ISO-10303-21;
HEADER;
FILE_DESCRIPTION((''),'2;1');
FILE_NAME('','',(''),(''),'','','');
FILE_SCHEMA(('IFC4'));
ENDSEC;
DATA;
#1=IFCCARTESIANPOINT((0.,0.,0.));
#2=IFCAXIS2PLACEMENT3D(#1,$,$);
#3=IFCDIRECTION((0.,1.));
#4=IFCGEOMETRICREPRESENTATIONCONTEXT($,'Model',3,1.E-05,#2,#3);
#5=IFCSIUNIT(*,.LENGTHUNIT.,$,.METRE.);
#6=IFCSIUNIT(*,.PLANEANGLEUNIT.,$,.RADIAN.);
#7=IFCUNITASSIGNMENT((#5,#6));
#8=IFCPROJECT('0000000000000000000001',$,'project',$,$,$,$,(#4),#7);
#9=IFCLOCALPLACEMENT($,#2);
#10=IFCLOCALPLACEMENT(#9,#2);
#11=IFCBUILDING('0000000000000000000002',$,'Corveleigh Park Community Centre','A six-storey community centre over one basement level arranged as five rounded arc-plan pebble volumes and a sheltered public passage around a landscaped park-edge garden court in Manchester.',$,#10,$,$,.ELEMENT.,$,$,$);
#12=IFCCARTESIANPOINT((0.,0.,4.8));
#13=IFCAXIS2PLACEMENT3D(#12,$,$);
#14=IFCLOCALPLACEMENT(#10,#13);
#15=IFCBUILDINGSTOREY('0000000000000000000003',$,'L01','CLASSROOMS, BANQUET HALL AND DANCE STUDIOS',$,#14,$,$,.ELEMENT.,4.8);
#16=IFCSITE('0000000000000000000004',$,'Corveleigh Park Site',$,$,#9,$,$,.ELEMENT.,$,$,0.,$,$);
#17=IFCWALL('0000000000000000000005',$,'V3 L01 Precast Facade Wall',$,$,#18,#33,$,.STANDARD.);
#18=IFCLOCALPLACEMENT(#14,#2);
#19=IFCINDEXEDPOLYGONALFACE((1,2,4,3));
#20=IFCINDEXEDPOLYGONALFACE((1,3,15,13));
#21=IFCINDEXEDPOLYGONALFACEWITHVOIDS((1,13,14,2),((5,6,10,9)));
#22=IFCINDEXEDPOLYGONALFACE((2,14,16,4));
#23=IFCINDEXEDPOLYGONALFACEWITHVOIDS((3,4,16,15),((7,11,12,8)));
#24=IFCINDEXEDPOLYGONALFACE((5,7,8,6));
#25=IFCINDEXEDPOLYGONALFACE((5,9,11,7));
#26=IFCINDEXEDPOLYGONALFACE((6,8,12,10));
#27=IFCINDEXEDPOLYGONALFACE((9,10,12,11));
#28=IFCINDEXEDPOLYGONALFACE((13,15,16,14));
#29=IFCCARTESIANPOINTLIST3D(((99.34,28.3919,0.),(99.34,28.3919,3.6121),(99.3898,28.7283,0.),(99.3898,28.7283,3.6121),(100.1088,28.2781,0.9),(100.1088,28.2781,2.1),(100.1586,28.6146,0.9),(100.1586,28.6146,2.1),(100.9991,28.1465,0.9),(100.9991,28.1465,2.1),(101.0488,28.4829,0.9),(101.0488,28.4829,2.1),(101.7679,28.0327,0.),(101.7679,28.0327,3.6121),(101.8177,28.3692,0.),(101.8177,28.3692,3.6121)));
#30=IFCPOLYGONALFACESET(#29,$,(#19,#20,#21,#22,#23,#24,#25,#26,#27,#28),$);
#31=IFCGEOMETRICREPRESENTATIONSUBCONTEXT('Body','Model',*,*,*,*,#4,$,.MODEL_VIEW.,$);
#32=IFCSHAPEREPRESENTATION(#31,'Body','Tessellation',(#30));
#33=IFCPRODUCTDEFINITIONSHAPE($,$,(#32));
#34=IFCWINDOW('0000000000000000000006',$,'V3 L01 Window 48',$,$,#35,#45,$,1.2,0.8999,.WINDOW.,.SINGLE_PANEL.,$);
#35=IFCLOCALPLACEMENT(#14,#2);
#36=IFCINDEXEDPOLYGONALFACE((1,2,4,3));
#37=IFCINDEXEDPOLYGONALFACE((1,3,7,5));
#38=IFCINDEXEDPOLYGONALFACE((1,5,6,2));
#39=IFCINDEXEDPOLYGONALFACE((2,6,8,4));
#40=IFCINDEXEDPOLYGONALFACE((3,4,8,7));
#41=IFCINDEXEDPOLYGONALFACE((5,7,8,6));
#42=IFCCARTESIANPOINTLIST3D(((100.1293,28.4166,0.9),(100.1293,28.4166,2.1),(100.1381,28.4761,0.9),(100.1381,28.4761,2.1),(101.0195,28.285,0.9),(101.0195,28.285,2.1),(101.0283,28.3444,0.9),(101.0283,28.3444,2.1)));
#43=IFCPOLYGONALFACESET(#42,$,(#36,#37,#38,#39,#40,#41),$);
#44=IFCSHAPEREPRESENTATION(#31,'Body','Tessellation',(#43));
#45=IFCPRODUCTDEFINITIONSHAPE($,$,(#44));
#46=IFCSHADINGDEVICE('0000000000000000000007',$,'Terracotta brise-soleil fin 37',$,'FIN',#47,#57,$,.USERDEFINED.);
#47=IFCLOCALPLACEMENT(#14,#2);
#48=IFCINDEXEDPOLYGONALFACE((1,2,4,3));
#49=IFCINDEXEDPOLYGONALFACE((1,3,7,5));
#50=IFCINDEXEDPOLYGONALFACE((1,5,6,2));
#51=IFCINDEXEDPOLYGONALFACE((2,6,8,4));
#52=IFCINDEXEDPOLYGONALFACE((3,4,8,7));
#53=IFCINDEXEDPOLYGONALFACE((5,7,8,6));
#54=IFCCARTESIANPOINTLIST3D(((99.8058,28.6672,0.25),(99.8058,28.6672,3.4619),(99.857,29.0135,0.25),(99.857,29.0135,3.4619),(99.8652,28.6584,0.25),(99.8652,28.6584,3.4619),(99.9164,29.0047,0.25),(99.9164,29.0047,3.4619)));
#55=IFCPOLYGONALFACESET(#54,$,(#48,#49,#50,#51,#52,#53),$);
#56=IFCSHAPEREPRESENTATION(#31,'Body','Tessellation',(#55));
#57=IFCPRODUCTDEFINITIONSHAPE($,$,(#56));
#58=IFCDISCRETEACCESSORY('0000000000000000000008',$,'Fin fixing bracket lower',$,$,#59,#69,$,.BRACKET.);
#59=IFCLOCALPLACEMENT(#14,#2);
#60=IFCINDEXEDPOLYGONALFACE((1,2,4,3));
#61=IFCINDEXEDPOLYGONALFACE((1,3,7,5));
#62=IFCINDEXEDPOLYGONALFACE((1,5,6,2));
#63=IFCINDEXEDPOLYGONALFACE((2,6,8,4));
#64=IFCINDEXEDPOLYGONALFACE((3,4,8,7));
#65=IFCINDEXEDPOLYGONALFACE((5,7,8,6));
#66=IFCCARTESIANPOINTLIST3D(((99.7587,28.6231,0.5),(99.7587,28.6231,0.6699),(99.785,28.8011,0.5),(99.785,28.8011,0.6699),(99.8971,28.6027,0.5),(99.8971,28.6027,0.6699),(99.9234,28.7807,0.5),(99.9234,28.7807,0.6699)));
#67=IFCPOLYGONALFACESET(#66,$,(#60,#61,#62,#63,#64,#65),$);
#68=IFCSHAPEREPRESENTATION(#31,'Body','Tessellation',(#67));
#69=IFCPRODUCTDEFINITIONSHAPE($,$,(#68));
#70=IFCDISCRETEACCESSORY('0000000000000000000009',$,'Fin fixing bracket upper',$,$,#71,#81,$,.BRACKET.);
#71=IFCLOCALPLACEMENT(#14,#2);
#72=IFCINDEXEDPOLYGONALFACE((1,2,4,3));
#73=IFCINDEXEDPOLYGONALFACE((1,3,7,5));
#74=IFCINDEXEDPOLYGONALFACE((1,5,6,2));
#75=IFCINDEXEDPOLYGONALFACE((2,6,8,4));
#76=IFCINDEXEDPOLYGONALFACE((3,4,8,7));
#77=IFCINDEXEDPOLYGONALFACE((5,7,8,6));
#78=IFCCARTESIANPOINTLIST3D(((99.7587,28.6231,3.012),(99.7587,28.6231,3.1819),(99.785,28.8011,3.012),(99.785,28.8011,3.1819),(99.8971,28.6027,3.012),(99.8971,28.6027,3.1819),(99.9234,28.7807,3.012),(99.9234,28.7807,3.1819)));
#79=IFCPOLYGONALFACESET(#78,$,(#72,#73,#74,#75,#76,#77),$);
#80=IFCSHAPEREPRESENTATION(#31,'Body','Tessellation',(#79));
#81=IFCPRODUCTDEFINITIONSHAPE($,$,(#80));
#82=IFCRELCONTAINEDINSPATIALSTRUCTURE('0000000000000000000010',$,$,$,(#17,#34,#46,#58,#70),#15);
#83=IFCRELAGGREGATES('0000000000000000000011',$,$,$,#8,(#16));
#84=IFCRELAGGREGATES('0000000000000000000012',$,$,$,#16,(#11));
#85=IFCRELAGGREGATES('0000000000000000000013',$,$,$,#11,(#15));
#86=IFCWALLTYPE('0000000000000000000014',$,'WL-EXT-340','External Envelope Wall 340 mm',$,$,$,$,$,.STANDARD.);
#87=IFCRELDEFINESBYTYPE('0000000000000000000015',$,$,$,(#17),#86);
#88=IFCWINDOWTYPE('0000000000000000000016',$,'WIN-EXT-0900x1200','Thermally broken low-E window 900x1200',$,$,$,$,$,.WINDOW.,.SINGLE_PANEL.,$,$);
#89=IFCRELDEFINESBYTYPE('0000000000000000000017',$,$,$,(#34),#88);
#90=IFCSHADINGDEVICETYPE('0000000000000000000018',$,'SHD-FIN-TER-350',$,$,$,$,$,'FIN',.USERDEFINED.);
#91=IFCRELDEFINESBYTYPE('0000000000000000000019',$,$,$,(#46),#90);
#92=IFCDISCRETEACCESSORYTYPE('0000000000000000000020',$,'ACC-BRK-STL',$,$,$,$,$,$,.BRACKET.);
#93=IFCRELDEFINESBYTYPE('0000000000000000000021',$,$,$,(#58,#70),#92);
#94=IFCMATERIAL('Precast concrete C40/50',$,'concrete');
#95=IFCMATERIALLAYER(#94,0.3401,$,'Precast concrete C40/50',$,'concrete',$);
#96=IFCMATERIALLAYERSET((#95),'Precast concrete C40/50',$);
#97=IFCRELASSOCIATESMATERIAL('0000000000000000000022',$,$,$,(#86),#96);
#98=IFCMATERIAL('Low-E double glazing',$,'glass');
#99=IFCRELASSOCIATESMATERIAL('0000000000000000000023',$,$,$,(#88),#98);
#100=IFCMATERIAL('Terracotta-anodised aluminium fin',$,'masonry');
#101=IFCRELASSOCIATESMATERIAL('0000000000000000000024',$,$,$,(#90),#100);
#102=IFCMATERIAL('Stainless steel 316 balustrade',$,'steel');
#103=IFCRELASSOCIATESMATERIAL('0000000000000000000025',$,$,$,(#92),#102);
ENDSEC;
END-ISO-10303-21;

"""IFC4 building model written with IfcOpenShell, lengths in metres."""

from ifc_helpers import new_model, si_unit, direction, frame, frame_2d, origin, origin_2d, place, context, subcontext, project, spatial, rectangle, extrude, material, layer, layer_set, type_object, element, fill, save


model = new_model("IFC4")

# Units and contexts
model_context = context("Model", 3, precision=1e-05, world=origin(), true_north=direction((0.0, 1.0)))
body_context = subcontext(model_context, "Body", "Model", "MODEL_VIEW")
ifc_project = project(units=[si_unit("LENGTHUNIT", "METRE"), si_unit("PLANEANGLEUNIT", "RADIAN")], contexts=[model_context])

# Site, building, storey
site_placement = place(None, origin())
site = spatial("IfcSite", under=ifc_project, at=site_placement, Name="Corveleigh Park Site", CompositionType="ELEMENT", RefElevation=0.0)
building_placement = place(site_placement, origin())
building = spatial("IfcBuilding", under=site, at=building_placement, Name="Corveleigh Park Community Centre", Description="A six-storey community centre over one basement level arranged as five rounded arc-plan pebble volumes and a sheltered public passage around a landscaped park-edge garden court in Manchester.", CompositionType="ELEMENT")
storey_placement = place(building_placement, frame((0.0, 0.0, 4.8)))
storey = spatial("IfcBuildingStorey", under=building, at=storey_placement, Name="L01", Description="CLASSROOMS, BANQUET HALL AND DANCE STUDIOS", CompositionType="ELEMENT", Elevation=4.8)

# Shared definitions
ifc_material_1 = material(Name="Low-E double glazing", Category="glass")

# Wall, opening, window
ifc_material_2 = material(Name="Precast concrete C40/50", Category="concrete")
ifc_layer_1 = layer(ifc_material_2, 0.3401, Name="Precast concrete C40/50", Category="concrete")
ifc_layer_set_1 = layer_set([ifc_layer_1], Name="Precast concrete C40/50")
wall_type = type_object("IfcWallType", Name="WL-EXT-340", Description="External Envelope Wall 340 mm", PredefinedType="STANDARD", material=ifc_layer_set_1)
wall_placement = place(storey_placement, frame((99.365, 28.5601, 0.0), z_axis=(0.0, 0.0, 1.0), x_axis=(0.989237, -0.146322, 0.0)))
wall = element("IfcWall", 1, at=wall_placement, inside=storey, type_object=wall_type, Name="V3 L01 Precast Facade Wall", PredefinedType="STANDARD", context=body_context, shape_type="SweptSolid", body=[
    extrude(rectangle(XDim=2.4543, YDim=0.3401, at=frame_2d((1.2271, 0.0))), origin(), (0.0, 0.0, 1.0), 3.6121),
])
opening_placement = place(wall_placement, frame((0.7771, 0.0, 0.8999)))
opening = element("IfcOpeningElement", 2, at=opening_placement, cuts=wall, PredefinedType="OPENING", context=body_context, shape_type="SweptSolid", body=[
    extrude(rectangle(XDim=0.8999, YDim=1.2, at=frame_2d((0.45, 0.6001))), frame((0.0, 0.1799, 0.0), z_axis=(0.0, -1.0, 0.0), x_axis=(1.0, 0.0, 0.0)), (0.0, 0.0, 1.0), 0.3601),
])
window_type = type_object("IfcWindowType", Name="WIN-EXT-0900x1200", Description="Thermally broken low-E window 900x1200", PartitioningType="SINGLE_PANEL", PredefinedType="WINDOW", material=ifc_material_1)
window_placement = place(opening_placement, origin())
window = element("IfcWindow", 3, at=window_placement, inside=storey, type_object=window_type, Name="V3 L01 Window 48", OverallHeight=1.2, OverallWidth=0.8999, PartitioningType="SINGLE_PANEL", PredefinedType="WINDOW", context=body_context, shape_type="SweptSolid", body=[
    extrude(rectangle(XDim=0.8999, YDim=1.2, at=frame_2d((0.45, 0.6001))), frame((0.0, 0.03, 0.0), z_axis=(0.0, -1.0, 0.0), x_axis=(1.0, 0.0, 0.0)), (0.0, 0.0, 1.0), 0.0601),
])
fill(opening, window)

# Shading device
ifc_material_3 = material(Name="Terracotta-anodised aluminium fin", Category="masonry")
shading_device_type = type_object("IfcShadingDeviceType", Name="SHD-FIN-TER-350", ElementType="FIN", PredefinedType="USERDEFINED", material=ifc_material_3)
shading_device_placement = place(storey_placement, frame((99.8611, 28.8359, 0.25), z_axis=(0.0, 0.0, 1.0), x_axis=(0.146268, 0.989245, 0.0)))
element("IfcShadingDevice", 4, at=shading_device_placement, inside=storey, type_object=shading_device_type, Name="Terracotta brise-soleil fin 37", ObjectType="FIN", PredefinedType="USERDEFINED", context=body_context, shape_type="SweptSolid", body=[
    extrude(rectangle(XDim=0.3501, YDim=0.0601, at=origin_2d()), origin(), (0.0, 0.0, 1.0), 3.2119),
])

# Discrete accessories
ifc_material_4 = material(Name="Stainless steel 316 balustrade", Category="steel")
discrete_accessory_type = type_object("IfcDiscreteAccessoryType", Name="ACC-BRK-STL", PredefinedType="BRACKET", material=ifc_material_4)
for number, where, z_axis, x_axis, name in (
    (5, (99.8411, 28.7019, 0.5), (0.0, 0.0, 1.0), (0.146268, 0.989245, 0.0), "Fin fixing bracket lower"),
    (6, (99.8411, 28.7019, 3.012), (0.0, 0.0, 1.0), (0.146268, 0.989245, 0.0), "Fin fixing bracket upper"),
):
    element("IfcDiscreteAccessory", number, at=place(storey_placement, frame(where, z_axis=z_axis, x_axis=x_axis)), inside=storey, type_object=discrete_accessory_type, Name=name, PredefinedType="BRACKET", context=body_context, shape_type="SweptSolid", body=[
        extrude(rectangle(XDim=0.1799, YDim=0.1399, at=origin_2d()), origin(), (0.0, 0.0, 1.0), 0.1699),
    ])

save(model, "model.ifc")
